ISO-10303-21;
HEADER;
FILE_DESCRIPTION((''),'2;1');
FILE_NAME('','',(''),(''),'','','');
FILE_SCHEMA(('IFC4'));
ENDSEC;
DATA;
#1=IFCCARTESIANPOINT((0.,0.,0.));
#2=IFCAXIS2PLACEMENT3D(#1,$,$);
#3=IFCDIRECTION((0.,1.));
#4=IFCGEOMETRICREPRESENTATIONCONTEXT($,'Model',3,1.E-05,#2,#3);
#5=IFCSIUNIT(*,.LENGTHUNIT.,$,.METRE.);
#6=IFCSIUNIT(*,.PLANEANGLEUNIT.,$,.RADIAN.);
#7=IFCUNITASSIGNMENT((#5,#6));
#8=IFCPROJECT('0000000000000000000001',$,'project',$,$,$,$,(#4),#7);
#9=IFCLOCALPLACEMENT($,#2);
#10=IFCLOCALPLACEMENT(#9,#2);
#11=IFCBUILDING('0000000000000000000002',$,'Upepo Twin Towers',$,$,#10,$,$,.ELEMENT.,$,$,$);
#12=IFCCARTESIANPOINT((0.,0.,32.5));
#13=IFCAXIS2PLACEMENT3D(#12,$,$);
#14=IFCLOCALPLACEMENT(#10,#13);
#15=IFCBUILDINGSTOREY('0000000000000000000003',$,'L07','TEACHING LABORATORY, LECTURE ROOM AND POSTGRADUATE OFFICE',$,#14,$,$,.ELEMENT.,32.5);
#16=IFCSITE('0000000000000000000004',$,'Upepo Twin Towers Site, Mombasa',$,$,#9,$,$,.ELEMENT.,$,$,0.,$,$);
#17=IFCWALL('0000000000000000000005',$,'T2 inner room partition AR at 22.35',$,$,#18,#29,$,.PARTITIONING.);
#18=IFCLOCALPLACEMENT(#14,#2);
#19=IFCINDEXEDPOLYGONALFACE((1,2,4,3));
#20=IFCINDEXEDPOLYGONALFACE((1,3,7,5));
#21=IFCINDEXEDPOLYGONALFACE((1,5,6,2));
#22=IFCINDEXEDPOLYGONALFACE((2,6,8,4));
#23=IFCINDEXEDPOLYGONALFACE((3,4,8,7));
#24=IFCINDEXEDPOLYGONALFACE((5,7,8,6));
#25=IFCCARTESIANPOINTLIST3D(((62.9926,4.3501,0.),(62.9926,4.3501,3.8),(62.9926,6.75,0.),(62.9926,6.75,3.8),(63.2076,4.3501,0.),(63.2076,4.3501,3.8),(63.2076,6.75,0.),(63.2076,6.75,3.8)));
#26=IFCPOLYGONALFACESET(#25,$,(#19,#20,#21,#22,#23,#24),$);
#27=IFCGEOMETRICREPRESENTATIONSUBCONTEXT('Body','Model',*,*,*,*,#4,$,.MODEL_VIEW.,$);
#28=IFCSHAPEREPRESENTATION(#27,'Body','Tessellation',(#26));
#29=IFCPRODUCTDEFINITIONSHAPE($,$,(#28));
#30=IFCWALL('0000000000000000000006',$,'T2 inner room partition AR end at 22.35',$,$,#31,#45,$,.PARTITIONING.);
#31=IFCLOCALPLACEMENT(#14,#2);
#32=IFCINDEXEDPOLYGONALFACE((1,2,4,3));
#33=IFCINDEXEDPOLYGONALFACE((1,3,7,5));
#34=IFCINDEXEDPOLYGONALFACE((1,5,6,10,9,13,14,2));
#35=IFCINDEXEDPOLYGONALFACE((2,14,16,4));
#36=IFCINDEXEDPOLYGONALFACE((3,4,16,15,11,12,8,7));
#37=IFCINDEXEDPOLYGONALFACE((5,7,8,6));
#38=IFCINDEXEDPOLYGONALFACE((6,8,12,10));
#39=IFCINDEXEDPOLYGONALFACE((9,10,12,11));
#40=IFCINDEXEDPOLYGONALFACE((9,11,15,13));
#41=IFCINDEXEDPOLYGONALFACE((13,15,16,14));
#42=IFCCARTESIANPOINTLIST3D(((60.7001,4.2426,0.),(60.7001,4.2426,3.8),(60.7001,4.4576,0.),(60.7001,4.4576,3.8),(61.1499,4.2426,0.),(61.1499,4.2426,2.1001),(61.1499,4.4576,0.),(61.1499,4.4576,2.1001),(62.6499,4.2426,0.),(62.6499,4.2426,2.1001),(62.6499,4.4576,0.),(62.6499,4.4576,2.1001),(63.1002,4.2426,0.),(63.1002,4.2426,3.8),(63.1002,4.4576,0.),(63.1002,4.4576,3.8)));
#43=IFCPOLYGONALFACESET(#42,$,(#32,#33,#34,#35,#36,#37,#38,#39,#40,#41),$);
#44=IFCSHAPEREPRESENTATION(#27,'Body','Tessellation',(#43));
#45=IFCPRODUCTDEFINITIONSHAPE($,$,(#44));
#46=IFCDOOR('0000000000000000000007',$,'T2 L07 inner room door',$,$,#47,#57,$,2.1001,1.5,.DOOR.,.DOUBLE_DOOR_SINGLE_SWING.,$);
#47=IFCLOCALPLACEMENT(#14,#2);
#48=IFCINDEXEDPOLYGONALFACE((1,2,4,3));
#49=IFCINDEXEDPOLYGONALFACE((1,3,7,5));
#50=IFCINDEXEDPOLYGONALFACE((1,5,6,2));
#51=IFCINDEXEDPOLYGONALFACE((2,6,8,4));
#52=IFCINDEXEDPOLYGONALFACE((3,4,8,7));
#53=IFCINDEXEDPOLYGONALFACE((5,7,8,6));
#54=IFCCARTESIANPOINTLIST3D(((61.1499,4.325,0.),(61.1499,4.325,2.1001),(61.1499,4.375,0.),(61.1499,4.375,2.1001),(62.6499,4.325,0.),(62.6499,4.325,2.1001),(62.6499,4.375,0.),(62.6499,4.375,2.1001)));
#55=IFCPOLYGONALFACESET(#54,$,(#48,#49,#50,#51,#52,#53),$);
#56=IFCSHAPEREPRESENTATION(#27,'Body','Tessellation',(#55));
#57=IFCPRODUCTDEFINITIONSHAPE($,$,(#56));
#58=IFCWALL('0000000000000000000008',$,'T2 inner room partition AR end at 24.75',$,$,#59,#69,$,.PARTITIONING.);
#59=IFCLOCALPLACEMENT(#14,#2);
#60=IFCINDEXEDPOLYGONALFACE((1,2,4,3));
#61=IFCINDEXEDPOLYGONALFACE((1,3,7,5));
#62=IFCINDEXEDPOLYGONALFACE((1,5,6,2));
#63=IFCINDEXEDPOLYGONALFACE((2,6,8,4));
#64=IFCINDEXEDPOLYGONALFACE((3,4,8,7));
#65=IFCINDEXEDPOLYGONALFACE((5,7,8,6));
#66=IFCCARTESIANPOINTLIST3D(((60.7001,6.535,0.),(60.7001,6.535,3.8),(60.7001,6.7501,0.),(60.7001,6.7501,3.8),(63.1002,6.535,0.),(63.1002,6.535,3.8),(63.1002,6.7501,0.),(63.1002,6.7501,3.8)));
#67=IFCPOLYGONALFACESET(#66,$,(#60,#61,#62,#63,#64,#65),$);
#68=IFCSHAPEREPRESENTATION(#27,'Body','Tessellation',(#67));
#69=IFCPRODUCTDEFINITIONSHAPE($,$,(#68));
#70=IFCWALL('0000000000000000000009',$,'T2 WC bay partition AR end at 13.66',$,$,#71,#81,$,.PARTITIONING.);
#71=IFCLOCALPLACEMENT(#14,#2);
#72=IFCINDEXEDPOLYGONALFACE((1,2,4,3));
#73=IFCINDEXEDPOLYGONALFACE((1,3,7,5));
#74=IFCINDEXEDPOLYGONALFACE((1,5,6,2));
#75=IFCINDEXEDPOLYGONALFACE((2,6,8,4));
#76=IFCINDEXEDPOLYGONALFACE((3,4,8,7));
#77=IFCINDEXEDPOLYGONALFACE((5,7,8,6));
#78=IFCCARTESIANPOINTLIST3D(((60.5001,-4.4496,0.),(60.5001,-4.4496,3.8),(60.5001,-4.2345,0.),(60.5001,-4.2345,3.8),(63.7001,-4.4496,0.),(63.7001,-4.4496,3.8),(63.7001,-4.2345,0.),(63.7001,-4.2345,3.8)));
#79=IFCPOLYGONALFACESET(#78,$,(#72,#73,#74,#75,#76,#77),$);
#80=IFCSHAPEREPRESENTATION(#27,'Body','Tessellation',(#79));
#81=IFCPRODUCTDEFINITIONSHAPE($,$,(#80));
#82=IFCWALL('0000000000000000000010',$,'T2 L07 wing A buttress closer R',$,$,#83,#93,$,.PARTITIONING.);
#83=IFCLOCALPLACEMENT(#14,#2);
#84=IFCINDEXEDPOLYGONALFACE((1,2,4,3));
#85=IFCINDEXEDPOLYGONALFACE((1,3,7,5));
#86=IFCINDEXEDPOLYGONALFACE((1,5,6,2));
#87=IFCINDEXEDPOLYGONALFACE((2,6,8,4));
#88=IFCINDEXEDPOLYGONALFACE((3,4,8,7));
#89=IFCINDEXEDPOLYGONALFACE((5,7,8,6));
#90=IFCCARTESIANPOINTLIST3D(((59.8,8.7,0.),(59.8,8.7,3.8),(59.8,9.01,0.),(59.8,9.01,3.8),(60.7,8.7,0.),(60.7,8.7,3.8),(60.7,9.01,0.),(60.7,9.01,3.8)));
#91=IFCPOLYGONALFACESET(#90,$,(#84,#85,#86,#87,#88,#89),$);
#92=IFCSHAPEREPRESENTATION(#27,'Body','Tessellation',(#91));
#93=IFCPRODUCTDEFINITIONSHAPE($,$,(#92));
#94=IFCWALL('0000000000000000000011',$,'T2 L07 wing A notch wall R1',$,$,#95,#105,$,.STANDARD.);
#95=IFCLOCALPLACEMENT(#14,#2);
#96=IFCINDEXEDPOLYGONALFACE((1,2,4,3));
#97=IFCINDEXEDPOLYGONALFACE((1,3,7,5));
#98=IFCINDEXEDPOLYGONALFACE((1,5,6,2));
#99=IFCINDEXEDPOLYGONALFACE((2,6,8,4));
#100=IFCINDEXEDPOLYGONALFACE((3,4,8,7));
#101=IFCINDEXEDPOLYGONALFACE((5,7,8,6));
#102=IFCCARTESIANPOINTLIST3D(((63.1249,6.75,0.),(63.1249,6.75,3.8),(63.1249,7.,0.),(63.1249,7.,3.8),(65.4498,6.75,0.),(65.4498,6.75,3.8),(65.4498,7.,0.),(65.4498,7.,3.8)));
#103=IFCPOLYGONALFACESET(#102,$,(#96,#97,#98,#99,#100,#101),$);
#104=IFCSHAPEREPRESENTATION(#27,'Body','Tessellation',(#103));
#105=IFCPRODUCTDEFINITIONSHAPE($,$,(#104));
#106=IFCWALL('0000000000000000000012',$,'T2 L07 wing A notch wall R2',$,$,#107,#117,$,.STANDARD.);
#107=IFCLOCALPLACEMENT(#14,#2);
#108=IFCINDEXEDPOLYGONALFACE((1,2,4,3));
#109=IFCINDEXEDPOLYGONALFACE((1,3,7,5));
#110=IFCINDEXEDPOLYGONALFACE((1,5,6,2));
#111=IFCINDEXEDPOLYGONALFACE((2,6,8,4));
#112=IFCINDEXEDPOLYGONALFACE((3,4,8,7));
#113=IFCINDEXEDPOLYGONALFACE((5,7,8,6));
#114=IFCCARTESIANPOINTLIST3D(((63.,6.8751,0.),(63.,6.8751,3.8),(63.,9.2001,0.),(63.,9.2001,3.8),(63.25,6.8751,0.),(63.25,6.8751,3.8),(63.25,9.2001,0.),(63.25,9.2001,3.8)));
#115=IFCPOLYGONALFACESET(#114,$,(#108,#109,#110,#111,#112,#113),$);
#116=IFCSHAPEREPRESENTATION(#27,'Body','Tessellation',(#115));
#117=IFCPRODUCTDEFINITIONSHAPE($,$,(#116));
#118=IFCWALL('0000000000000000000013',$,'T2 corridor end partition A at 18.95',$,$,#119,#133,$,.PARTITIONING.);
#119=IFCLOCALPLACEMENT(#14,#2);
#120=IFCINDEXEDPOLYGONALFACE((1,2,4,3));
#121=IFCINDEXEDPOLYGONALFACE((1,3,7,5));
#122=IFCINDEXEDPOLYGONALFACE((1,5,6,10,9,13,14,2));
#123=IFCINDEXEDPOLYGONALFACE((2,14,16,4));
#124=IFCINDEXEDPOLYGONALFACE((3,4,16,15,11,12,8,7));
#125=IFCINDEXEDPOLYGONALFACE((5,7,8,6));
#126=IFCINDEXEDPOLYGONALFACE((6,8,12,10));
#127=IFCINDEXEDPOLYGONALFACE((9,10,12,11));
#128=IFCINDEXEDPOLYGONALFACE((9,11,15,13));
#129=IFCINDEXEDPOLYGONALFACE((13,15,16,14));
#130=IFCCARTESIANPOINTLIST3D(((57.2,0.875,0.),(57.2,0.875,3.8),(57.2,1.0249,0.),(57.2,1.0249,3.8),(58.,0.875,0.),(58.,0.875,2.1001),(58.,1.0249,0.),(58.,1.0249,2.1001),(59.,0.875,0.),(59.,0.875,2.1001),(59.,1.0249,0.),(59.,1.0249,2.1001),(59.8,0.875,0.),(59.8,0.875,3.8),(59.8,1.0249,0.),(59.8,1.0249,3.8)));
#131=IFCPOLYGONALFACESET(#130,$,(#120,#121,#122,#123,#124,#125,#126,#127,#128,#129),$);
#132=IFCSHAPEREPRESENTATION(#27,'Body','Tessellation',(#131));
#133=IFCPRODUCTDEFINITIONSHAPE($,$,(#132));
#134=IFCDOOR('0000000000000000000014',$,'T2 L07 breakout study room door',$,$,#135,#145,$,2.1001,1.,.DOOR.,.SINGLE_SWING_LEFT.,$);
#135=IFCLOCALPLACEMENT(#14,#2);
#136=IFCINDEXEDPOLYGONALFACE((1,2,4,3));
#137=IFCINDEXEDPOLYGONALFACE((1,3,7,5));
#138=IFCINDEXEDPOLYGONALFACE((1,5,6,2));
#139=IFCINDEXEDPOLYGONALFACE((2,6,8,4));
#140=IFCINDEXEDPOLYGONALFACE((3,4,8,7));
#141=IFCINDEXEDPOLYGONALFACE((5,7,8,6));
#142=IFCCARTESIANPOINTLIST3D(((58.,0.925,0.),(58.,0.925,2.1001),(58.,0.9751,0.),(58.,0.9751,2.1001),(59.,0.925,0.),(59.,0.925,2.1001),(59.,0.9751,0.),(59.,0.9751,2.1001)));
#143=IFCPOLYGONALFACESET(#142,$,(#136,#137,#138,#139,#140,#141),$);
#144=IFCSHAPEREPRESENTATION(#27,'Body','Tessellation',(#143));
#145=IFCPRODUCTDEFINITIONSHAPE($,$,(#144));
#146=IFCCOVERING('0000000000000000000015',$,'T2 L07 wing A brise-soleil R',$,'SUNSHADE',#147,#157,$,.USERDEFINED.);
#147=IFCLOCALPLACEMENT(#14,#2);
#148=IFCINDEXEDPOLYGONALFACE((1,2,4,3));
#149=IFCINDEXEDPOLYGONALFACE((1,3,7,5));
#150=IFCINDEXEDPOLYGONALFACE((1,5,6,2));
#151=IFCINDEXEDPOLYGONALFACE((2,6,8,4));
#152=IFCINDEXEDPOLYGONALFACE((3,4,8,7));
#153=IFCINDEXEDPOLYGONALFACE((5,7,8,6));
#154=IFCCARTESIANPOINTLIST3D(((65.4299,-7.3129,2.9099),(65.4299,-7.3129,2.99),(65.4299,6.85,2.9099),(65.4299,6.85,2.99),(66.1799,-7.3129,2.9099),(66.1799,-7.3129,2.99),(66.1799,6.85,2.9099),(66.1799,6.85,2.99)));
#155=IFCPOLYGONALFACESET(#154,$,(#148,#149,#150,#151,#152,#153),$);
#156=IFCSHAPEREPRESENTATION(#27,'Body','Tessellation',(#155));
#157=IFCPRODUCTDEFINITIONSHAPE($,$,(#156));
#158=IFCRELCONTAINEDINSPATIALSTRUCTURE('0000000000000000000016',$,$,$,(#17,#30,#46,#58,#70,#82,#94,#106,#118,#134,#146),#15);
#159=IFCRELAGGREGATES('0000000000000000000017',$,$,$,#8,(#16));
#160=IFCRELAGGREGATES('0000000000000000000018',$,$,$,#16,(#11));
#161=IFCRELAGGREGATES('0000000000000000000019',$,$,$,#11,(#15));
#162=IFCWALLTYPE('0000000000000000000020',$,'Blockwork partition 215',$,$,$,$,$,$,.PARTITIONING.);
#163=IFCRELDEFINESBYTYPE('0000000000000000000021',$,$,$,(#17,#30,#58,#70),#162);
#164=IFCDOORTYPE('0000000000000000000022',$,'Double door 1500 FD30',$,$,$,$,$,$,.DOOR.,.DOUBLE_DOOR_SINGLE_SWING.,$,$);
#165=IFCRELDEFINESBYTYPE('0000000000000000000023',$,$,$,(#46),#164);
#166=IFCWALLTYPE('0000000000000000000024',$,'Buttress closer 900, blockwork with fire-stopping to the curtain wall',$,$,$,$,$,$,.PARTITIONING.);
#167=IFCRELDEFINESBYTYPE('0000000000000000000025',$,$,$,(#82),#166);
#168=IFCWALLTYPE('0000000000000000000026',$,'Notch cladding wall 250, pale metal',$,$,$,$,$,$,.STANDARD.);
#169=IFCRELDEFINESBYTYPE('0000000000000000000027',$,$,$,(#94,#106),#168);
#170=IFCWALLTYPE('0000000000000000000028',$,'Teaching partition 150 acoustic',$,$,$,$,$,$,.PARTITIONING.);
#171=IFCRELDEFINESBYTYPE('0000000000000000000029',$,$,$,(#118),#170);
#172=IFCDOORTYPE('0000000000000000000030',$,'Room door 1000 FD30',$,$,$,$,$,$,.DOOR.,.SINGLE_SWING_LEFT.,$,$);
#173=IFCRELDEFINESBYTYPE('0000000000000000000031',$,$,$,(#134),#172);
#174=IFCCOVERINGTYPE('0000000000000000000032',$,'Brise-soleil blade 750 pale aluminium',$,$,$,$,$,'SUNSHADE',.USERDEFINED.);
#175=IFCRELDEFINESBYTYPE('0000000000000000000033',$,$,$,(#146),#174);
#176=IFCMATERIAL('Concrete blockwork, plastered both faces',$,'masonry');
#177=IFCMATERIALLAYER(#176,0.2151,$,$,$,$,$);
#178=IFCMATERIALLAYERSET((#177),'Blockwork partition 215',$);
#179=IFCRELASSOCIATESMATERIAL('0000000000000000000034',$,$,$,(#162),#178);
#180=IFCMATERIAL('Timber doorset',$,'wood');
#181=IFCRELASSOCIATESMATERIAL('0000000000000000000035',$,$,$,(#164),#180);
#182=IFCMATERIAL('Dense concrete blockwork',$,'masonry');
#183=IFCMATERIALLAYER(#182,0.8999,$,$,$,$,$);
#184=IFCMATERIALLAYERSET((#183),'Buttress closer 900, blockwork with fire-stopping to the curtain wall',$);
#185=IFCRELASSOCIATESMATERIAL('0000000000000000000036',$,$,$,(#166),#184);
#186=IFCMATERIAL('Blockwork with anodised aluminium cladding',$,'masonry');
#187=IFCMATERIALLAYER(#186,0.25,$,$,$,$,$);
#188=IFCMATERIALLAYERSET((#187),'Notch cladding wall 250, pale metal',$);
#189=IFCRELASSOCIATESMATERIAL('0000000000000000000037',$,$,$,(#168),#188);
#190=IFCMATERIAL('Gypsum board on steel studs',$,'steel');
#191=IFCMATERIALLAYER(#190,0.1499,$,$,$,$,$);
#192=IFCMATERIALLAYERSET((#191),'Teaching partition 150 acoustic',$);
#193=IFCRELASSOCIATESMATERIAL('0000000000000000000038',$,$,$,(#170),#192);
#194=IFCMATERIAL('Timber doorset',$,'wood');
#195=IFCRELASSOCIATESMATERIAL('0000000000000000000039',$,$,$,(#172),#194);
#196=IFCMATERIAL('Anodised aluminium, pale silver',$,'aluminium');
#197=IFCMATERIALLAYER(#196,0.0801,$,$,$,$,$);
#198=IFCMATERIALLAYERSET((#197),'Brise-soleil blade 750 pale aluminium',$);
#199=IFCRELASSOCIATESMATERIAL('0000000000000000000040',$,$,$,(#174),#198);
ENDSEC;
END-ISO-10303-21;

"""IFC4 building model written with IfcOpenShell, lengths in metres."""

from ifc_helpers import new_model, si_unit, direction, frame, frame_2d, origin, origin_2d, place, context, subcontext, project, spatial, rectangle, extrude, material, layer, layer_set, type_object, element, fill, save


model = new_model("IFC4")

# Units and contexts
model_context = context("Model", 3, precision=1e-05, world=origin(), true_north=direction((0.0, 1.0)))
body_context = subcontext(model_context, "Body", "Model", "MODEL_VIEW")
ifc_project = project(units=[si_unit("LENGTHUNIT", "METRE"), si_unit("PLANEANGLEUNIT", "RADIAN")], contexts=[model_context])

# Site, building, storey
site_placement = place(None, origin())
site = spatial("IfcSite", under=ifc_project, at=site_placement, Name="Upepo Twin Towers Site, Mombasa", CompositionType="ELEMENT", RefElevation=0.0)
building_placement = place(site_placement, origin())
building = spatial("IfcBuilding", under=site, at=building_placement, Name="Upepo Twin Towers", CompositionType="ELEMENT")
storey_placement = place(building_placement, frame((0.0, 0.0, 32.5)))
storey = spatial("IfcBuildingStorey", under=building, at=storey_placement, Name="L07", Description="TEACHING LABORATORY, LECTURE ROOM AND POSTGRADUATE OFFICE", CompositionType="ELEMENT", Elevation=32.5)

# Wall
ifc_material_1 = material(Name="Concrete blockwork, plastered both faces", Category="masonry")
ifc_layer_1 = layer(ifc_material_1, 0.2151)
ifc_layer_set_1 = layer_set([ifc_layer_1], Name="Blockwork partition 215")
wall_type_1 = type_object("IfcWallType", Name="Blockwork partition 215", PredefinedType="PARTITIONING", material=ifc_layer_set_1)
wall_1_placement = place(storey_placement, frame((63.1001, 4.3501, 0.0), z_axis=(0.0, 0.0, 1.0), x_axis=(0.0, 1.0, 0.0)))
element("IfcWall", 1, at=wall_1_placement, inside=storey, type_object=wall_type_1, Name="T2 inner room partition AR at 22.35", PredefinedType="PARTITIONING", context=body_context, shape_type="SweptSolid", body=[
    extrude(rectangle(XDim=2.3999, YDim=0.2151, at=frame_2d((1.2, 0.0))), origin(), (0.0, 0.0, 1.0), 3.8),
])

# Wall, opening, door
wall_2_placement = place(storey_placement, frame((60.7, 4.3501, 0.0), z_axis=(0.0, 0.0, 1.0), x_axis=(1.0, 0.0, 0.0)))
wall_2 = element("IfcWall", 2, at=wall_2_placement, inside=storey, type_object=wall_type_1, Name="T2 inner room partition AR end at 22.35", PredefinedType="PARTITIONING", context=body_context, shape_type="SweptSolid", body=[
    extrude(rectangle(XDim=2.4001, YDim=0.2151, at=frame_2d((1.2002, 0.0))), origin(), (0.0, 0.0, 1.0), 3.8),
])
opening_1_placement = place(wall_2_placement, frame((0.45, 0.0, 0.0)))
opening_1 = element("IfcOpeningElement", 3, at=opening_1_placement, cuts=wall_2, PredefinedType="OPENING", context=body_context, shape_type="SweptSolid", body=[
    extrude(rectangle(XDim=1.5, YDim=2.1001, at=frame_2d((0.75, 1.05))), frame((0.0, 0.1174, 0.0), z_axis=(0.0, -1.0, 0.0), x_axis=(1.0, 0.0, 0.0)), (0.0, 0.0, 1.0), 0.2351),
])
ifc_material_2 = material(Name="Timber doorset", Category="wood")
door_type_1 = type_object("IfcDoorType", Name="Double door 1500 FD30", OperationType="DOUBLE_DOOR_SINGLE_SWING", PredefinedType="DOOR", material=ifc_material_2)
door_1_placement = place(opening_1_placement, origin())
door_1 = element("IfcDoor", 4, at=door_1_placement, inside=storey, type_object=door_type_1, Name="T2 L07 inner room door", OperationType="DOUBLE_DOOR_SINGLE_SWING", OverallHeight=2.1001, OverallWidth=1.5, PredefinedType="DOOR", context=body_context, shape_type="SweptSolid", body=[
    extrude(rectangle(XDim=1.5, YDim=2.1001, at=frame_2d((0.75, 1.05))), frame((0.0, 0.0249, 0.0), z_axis=(0.0, -1.0, 0.0), x_axis=(1.0, 0.0, 0.0)), (0.0, 0.0, 1.0), 0.05),
])
fill(opening_1, door_1)

# Walls
wall_3_placement = place(storey_placement, frame((60.7, 6.6426, 0.0), z_axis=(0.0, 0.0, 1.0), x_axis=(1.0, 0.0, 0.0)))
element("IfcWall", 5, at=wall_3_placement, inside=storey, type_object=wall_type_1, Name="T2 inner room partition AR end at 24.75", PredefinedType="PARTITIONING", context=body_context, shape_type="SweptSolid", body=[
    extrude(rectangle(XDim=2.4001, YDim=0.2151, at=frame_2d((1.2002, 0.0))), origin(), (0.0, 0.0, 1.0), 3.8),
])
wall_4_placement = place(storey_placement, frame((60.5, -4.342, 0.0), z_axis=(0.0, 0.0, 1.0), x_axis=(1.0, 0.0, 0.0)))
element("IfcWall", 6, at=wall_4_placement, inside=storey, type_object=wall_type_1, Name="T2 WC bay partition AR end at 13.66", PredefinedType="PARTITIONING", context=body_context, shape_type="SweptSolid", body=[
    extrude(rectangle(XDim=3.2, YDim=0.2151, at=frame_2d((1.6001, 0.0))), origin(), (0.0, 0.0, 1.0), 3.8),
])
ifc_material_3 = material(Name="Dense concrete blockwork", Category="masonry")
ifc_layer_2 = layer(ifc_material_3, 0.8999)
ifc_layer_set_2 = layer_set([ifc_layer_2], Name="Buttress closer 900, blockwork with fire-stopping to the curtain wall")
wall_type_2 = type_object("IfcWallType", Name="Buttress closer 900, blockwork with fire-stopping to the curtain wall", PredefinedType="PARTITIONING", material=ifc_layer_set_2)
wall_5_placement = place(storey_placement, frame((60.25, 8.7, 0.0), z_axis=(0.0, 0.0, 1.0), x_axis=(0.0, 1.0, 0.0)))
element("IfcWall", 7, at=wall_5_placement, inside=storey, type_object=wall_type_2, Name="T2 L07 wing A buttress closer R", PredefinedType="PARTITIONING", context=body_context, shape_type="SweptSolid", body=[
    extrude(rectangle(XDim=0.3101, YDim=0.8999, at=frame_2d((0.155, 0.0))), origin(), (0.0, 0.0, 1.0), 3.8),
])
ifc_material_4 = material(Name="Blockwork with anodised aluminium cladding", Category="masonry")
ifc_layer_3 = layer(ifc_material_4, 0.25)
ifc_layer_set_3 = layer_set([ifc_layer_3], Name="Notch cladding wall 250, pale metal")
wall_type_3 = type_object("IfcWallType", Name="Notch cladding wall 250, pale metal", PredefinedType="STANDARD", material=ifc_layer_set_3)
for number, where, z_axis, x_axis, name in (
    (8, (65.45, 6.875, 0.0), (0.0, 0.0, 1.0), (-1.0, 0.0, 0.0), "T2 L07 wing A notch wall R1"),
    (9, (63.125, 6.875, 0.0), (0.0, 0.0, 1.0), (0.0, 1.0, 0.0), "T2 L07 wing A notch wall R2"),
):
    element("IfcWall", number, at=place(storey_placement, frame(where, z_axis=z_axis, x_axis=x_axis)), inside=storey, type_object=wall_type_3, Name=name, PredefinedType="STANDARD", context=body_context, shape_type="SweptSolid", body=[
        extrude(rectangle(XDim=2.325, YDim=0.25, at=frame_2d((1.1626, 0.0))), origin(), (0.0, 0.0, 1.0), 3.8),
    ])

# Wall, opening, door
ifc_material_5 = material(Name="Gypsum board on steel studs", Category="steel")
ifc_layer_4 = layer(ifc_material_5, 0.1499)
ifc_layer_set_4 = layer_set([ifc_layer_4], Name="Teaching partition 150 acoustic")
wall_type_4 = type_object("IfcWallType", Name="Teaching partition 150 acoustic", PredefinedType="PARTITIONING", material=ifc_layer_set_4)
wall_6_placement = place(storey_placement, frame((59.8, 0.95, 0.0), z_axis=(0.0, 0.0, 1.0), x_axis=(-1.0, 0.0, 0.0)))
wall_6 = element("IfcWall", 10, at=wall_6_placement, inside=storey, type_object=wall_type_4, Name="T2 corridor end partition A at 18.95", PredefinedType="PARTITIONING", context=body_context, shape_type="SweptSolid", body=[
    extrude(rectangle(XDim=2.6001, YDim=0.1499, at=frame_2d((1.3, 0.0))), origin(), (0.0, 0.0, 1.0), 3.8),
])
opening_2_placement = place(wall_6_placement, frame((0.8, 0.0, 0.0)))
opening_2 = element("IfcOpeningElement", 11, at=opening_2_placement, cuts=wall_6, PredefinedType="OPENING", context=body_context, shape_type="SweptSolid", body=[
    extrude(rectangle(XDim=1.0, YDim=2.1001, at=frame_2d((0.5, 1.05))), frame((0.0, 0.085, 0.0), z_axis=(0.0, -1.0, 0.0), x_axis=(1.0, 0.0, 0.0)), (0.0, 0.0, 1.0), 0.1699),
])
ifc_material_6 = material(Name="Timber doorset", Category="wood")
door_type_2 = type_object("IfcDoorType", Name="Room door 1000 FD30", OperationType="SINGLE_SWING_LEFT", PredefinedType="DOOR", material=ifc_material_6)
door_2_placement = place(opening_2_placement, origin())
door_2 = element("IfcDoor", 12, at=door_2_placement, inside=storey, type_object=door_type_2, Name="T2 L07 breakout study room door", OperationType="SINGLE_SWING_LEFT", OverallHeight=2.1001, OverallWidth=1.0, PredefinedType="DOOR", context=body_context, shape_type="SweptSolid", body=[
    extrude(rectangle(XDim=1.0, YDim=2.1001, at=frame_2d((0.5, 1.05))), frame((0.0, 0.0249, 0.0), z_axis=(0.0, -1.0, 0.0), x_axis=(1.0, 0.0, 0.0)), (0.0, 0.0, 1.0), 0.05),
])
fill(opening_2, door_2)

# Covering
ifc_material_7 = material(Name="Anodised aluminium, pale silver", Category="aluminium")
ifc_layer_5 = layer(ifc_material_7, 0.0801)
ifc_layer_set_5 = layer_set([ifc_layer_5], Name="Brise-soleil blade 750 pale aluminium")
covering_type = type_object("IfcCoveringType", Name="Brise-soleil blade 750 pale aluminium", ElementType="SUNSHADE", PredefinedType="USERDEFINED", material=ifc_layer_set_5)
covering_placement = place(storey_placement, frame((65.8049, -0.2314, 2.9099), z_axis=(0.0, 0.0, 1.0), x_axis=(0.0, 1.0, 0.0)))
element("IfcCovering", 13, at=covering_placement, inside=storey, type_object=covering_type, Name="T2 L07 wing A brise-soleil R", ObjectType="SUNSHADE", PredefinedType="USERDEFINED", context=body_context, shape_type="SweptSolid", body=[
    extrude(rectangle(XDim=14.1628, YDim=0.75, at=origin_2d()), origin(), (0.0, 0.0, 1.0), 0.0801),
])

save(model, "model.ifc")
